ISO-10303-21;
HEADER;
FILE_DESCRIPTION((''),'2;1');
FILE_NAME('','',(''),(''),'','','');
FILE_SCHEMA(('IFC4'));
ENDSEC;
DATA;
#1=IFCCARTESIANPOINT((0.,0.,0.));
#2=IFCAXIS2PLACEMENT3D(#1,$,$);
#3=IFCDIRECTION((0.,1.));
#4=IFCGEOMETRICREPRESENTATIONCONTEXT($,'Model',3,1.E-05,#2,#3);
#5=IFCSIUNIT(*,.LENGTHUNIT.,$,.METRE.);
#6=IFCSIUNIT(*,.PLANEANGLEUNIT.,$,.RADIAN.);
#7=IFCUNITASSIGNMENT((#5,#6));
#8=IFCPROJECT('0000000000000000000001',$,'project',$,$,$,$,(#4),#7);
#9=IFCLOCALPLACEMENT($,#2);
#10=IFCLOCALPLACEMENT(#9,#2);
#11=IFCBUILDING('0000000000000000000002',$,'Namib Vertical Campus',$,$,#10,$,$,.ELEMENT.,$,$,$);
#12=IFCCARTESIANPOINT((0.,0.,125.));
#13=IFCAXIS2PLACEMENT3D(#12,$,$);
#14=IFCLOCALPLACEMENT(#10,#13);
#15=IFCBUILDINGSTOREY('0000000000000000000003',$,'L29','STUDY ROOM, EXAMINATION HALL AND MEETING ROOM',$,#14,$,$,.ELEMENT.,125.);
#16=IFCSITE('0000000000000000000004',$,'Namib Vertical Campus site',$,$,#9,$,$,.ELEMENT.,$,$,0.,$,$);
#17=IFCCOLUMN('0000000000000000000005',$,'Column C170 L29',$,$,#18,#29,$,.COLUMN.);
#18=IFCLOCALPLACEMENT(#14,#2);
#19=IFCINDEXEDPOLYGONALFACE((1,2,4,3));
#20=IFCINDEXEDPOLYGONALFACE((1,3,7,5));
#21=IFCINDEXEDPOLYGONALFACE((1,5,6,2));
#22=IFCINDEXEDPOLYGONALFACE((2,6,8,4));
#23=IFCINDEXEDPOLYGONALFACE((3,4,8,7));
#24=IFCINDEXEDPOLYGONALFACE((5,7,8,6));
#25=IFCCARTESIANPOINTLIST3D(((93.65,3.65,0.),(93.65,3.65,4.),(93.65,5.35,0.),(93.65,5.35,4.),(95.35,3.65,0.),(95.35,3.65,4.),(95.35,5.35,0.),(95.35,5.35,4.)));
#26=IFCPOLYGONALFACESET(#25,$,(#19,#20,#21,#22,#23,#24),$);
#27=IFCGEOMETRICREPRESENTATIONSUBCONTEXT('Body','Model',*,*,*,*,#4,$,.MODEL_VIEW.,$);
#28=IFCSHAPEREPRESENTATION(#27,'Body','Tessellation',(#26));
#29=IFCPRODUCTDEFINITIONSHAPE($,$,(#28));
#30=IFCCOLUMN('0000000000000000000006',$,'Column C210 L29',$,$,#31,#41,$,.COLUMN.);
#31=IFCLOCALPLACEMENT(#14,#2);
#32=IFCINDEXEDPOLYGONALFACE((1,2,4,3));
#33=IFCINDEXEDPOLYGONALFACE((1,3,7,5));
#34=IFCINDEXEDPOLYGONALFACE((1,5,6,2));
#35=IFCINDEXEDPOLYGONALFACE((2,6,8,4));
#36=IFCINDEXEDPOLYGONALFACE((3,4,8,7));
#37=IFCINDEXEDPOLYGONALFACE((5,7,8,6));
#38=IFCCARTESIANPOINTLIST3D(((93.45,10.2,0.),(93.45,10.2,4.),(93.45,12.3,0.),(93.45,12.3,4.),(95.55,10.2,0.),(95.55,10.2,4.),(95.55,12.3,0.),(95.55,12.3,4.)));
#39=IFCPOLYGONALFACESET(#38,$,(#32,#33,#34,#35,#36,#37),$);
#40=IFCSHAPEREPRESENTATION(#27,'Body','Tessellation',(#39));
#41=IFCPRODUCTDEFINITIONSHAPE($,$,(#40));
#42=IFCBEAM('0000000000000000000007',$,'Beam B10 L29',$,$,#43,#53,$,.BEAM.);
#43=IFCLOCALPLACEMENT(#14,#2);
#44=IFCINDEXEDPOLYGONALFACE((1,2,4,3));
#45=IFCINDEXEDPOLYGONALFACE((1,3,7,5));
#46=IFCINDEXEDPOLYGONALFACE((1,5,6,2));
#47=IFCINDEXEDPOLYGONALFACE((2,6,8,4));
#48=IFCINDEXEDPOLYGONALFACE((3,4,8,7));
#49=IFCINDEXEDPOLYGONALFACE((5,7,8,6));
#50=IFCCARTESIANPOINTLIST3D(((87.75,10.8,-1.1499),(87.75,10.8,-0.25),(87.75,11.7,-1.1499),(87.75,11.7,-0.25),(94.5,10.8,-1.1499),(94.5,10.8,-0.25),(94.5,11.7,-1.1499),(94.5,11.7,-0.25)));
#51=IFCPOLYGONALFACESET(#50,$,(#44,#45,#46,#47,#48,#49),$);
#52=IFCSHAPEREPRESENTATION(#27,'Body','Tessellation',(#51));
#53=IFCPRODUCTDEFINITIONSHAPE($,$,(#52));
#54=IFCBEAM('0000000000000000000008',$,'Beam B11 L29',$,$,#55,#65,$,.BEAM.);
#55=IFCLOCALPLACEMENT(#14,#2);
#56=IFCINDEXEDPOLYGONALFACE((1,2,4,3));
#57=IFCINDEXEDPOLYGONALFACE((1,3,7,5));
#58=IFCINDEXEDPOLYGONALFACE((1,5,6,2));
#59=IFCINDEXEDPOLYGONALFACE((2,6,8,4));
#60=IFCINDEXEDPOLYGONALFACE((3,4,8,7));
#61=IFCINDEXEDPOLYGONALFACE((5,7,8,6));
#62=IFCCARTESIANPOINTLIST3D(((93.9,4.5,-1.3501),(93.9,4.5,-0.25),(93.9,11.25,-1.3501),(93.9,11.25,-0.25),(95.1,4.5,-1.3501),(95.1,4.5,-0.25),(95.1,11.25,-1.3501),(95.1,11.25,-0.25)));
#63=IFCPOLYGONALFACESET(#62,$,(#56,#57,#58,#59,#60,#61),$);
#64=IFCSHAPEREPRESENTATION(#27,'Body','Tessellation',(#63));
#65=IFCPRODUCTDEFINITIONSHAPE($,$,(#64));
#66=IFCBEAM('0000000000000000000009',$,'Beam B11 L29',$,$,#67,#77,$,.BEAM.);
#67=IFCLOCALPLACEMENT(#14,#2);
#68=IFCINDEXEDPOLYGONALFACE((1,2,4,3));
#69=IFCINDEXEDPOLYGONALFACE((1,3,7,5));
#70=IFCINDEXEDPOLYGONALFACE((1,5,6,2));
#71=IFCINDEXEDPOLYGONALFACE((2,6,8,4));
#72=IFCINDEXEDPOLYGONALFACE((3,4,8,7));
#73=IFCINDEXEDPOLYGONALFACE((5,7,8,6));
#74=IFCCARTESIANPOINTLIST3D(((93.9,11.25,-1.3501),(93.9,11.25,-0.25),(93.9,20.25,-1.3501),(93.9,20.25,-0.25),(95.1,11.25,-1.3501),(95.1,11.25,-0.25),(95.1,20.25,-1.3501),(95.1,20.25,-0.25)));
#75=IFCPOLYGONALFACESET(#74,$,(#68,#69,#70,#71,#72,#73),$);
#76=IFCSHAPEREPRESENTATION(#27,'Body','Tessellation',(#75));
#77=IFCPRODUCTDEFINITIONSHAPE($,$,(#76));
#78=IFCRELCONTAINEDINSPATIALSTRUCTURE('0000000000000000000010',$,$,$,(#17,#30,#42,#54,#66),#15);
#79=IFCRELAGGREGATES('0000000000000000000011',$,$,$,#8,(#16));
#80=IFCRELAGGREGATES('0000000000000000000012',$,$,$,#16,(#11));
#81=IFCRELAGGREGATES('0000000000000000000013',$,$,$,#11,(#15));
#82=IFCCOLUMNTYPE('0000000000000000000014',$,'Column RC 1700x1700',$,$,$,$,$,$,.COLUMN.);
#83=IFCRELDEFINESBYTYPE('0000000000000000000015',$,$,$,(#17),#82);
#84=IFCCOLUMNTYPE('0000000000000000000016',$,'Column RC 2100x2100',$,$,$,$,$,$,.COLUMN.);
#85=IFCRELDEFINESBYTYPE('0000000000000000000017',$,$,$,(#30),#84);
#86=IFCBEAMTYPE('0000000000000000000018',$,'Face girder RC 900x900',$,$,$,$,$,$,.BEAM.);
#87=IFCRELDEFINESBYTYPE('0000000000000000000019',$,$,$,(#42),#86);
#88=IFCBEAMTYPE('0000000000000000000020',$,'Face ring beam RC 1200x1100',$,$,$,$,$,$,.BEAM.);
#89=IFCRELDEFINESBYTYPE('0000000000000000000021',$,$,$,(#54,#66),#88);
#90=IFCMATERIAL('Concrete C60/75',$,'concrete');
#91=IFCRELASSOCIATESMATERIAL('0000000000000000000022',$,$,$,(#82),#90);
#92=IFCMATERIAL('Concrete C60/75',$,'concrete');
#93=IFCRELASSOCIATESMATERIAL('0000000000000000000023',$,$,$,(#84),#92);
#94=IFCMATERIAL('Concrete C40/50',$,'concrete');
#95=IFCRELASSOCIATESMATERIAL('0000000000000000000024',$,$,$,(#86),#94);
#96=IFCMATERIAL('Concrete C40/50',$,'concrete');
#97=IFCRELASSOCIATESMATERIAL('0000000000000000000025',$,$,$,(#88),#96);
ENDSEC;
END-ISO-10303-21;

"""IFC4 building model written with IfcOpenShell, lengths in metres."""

from ifc_helpers import new_model, si_unit, direction, frame, origin, origin_2d, place, context, subcontext, project, spatial, rectangle, extrude, material, material_profile, profile_set, type_object, element, save


model = new_model("IFC4")

# Units and contexts
model_context = context("Model", 3, precision=1e-05, world=origin(), true_north=direction((0.0, 1.0)))
body_context = subcontext(model_context, "Body", "Model", "MODEL_VIEW")
ifc_project = project(units=[si_unit("LENGTHUNIT", "METRE"), si_unit("PLANEANGLEUNIT", "RADIAN")], contexts=[model_context])

# Site, building, storey
site_placement = place(None, origin())
site = spatial("IfcSite", under=ifc_project, at=site_placement, Name="Namib Vertical Campus site", CompositionType="ELEMENT", RefElevation=0.0)
building_placement = place(site_placement, origin())
building = spatial("IfcBuilding", under=site, at=building_placement, Name="Namib Vertical Campus", CompositionType="ELEMENT")
storey_placement = place(building_placement, frame((0.0, 0.0, 125.0)))
storey = spatial("IfcBuildingStorey", under=building, at=storey_placement, Name="L29", Description="STUDY ROOM, EXAMINATION HALL AND MEETING ROOM", CompositionType="ELEMENT", Elevation=125.0)

# Columns
ifc_material_1 = material(Name="Concrete C60/75", Category="concrete")
ifc_material_profile_1 = material_profile(ifc_material_1, rectangle(XDim=1.7, YDim=1.7, at=origin_2d()))
ifc_profile_set_1 = profile_set([ifc_material_profile_1], Name="Concrete C60/75")
column_type_1 = type_object("IfcColumnType", Name="Column RC 1700x1700", PredefinedType="COLUMN", material=ifc_profile_set_1)
column_1_placement = place(storey_placement, frame((94.5, 4.5, 0.0), z_axis=(0.0, 0.0, 1.0), x_axis=(1.0, 0.0, 0.0)))
element("IfcColumn", 1, at=column_1_placement, inside=storey, type_object=column_type_1, Name="Column C170 L29", PredefinedType="COLUMN", context=body_context, shape_type="SweptSolid", body=[
    extrude(rectangle(XDim=1.7, YDim=1.7, at=origin_2d()), origin(), (0.0, 0.0, 1.0), 4.0),
])
ifc_material_2 = material(Name="Concrete C60/75", Category="concrete")
ifc_material_profile_2 = material_profile(ifc_material_2, rectangle(XDim=2.1001, YDim=2.1001, at=origin_2d()))
ifc_profile_set_2 = profile_set([ifc_material_profile_2], Name="Concrete C60/75")
column_type_2 = type_object("IfcColumnType", Name="Column RC 2100x2100", PredefinedType="COLUMN", material=ifc_profile_set_2)
column_2_placement = place(storey_placement, frame((94.5, 11.25, 0.0), z_axis=(0.0, 0.0, 1.0), x_axis=(1.0, 0.0, 0.0)))
element("IfcColumn", 2, at=column_2_placement, inside=storey, type_object=column_type_2, Name="Column C210 L29", PredefinedType="COLUMN", context=body_context, shape_type="SweptSolid", body=[
    extrude(rectangle(XDim=2.1001, YDim=2.1001, at=origin_2d()), origin(), (0.0, 0.0, 1.0), 4.0),
])

# Beams
ifc_material_3 = material(Name="Concrete C40/50", Category="concrete")
ifc_material_profile_3 = material_profile(ifc_material_3, rectangle(XDim=0.8999, YDim=0.8999, at=origin_2d()))
ifc_profile_set_3 = profile_set([ifc_material_profile_3], Name="Concrete C40/50")
beam_type_1 = type_object("IfcBeamType", Name="Face girder RC 900x900", PredefinedType="BEAM", material=ifc_profile_set_3)
beam_1_placement = place(storey_placement, frame((94.5, 11.25, -0.7), z_axis=(-1.0, 0.0, 0.0), x_axis=(0.0, -1.0, 0.0)))
element("IfcBeam", 3, at=beam_1_placement, inside=storey, type_object=beam_type_1, Name="Beam B10 L29", PredefinedType="BEAM", context=body_context, shape_type="SweptSolid", body=[
    extrude(rectangle(XDim=0.8999, YDim=0.8999, at=origin_2d()), origin(), (0.0, 0.0, 1.0), 6.75),
])
ifc_material_4 = material(Name="Concrete C40/50", Category="concrete")
ifc_material_profile_4 = material_profile(ifc_material_4, rectangle(XDim=1.2, YDim=1.1001, at=origin_2d()))
ifc_profile_set_4 = profile_set([ifc_material_profile_4], Name="Concrete C40/50")
beam_type_2 = type_object("IfcBeamType", Name="Face ring beam RC 1200x1100", PredefinedType="BEAM", material=ifc_profile_set_4)
beam_2_placement = place(storey_placement, frame((94.5, 4.5, -0.8), z_axis=(0.0, 1.0, 0.0), x_axis=(-1.0, 0.0, 0.0)))
element("IfcBeam", 4, at=beam_2_placement, inside=storey, type_object=beam_type_2, Name="Beam B11 L29", PredefinedType="BEAM", context=body_context, shape_type="SweptSolid", body=[
    extrude(rectangle(XDim=1.2, YDim=1.1001, at=origin_2d()), origin(), (0.0, 0.0, 1.0), 6.75),
])
beam_3_placement = place(storey_placement, frame((94.5, 11.25, -0.8), z_axis=(0.0, 1.0, 0.0), x_axis=(-1.0, 0.0, 0.0)))
element("IfcBeam", 5, at=beam_3_placement, inside=storey, type_object=beam_type_2, Name="Beam B11 L29", PredefinedType="BEAM", context=body_context, shape_type="SweptSolid", body=[
    extrude(rectangle(XDim=1.2, YDim=1.1001, at=origin_2d()), origin(), (0.0, 0.0, 1.0), 9.0),
])

save(model, "model.ifc")
